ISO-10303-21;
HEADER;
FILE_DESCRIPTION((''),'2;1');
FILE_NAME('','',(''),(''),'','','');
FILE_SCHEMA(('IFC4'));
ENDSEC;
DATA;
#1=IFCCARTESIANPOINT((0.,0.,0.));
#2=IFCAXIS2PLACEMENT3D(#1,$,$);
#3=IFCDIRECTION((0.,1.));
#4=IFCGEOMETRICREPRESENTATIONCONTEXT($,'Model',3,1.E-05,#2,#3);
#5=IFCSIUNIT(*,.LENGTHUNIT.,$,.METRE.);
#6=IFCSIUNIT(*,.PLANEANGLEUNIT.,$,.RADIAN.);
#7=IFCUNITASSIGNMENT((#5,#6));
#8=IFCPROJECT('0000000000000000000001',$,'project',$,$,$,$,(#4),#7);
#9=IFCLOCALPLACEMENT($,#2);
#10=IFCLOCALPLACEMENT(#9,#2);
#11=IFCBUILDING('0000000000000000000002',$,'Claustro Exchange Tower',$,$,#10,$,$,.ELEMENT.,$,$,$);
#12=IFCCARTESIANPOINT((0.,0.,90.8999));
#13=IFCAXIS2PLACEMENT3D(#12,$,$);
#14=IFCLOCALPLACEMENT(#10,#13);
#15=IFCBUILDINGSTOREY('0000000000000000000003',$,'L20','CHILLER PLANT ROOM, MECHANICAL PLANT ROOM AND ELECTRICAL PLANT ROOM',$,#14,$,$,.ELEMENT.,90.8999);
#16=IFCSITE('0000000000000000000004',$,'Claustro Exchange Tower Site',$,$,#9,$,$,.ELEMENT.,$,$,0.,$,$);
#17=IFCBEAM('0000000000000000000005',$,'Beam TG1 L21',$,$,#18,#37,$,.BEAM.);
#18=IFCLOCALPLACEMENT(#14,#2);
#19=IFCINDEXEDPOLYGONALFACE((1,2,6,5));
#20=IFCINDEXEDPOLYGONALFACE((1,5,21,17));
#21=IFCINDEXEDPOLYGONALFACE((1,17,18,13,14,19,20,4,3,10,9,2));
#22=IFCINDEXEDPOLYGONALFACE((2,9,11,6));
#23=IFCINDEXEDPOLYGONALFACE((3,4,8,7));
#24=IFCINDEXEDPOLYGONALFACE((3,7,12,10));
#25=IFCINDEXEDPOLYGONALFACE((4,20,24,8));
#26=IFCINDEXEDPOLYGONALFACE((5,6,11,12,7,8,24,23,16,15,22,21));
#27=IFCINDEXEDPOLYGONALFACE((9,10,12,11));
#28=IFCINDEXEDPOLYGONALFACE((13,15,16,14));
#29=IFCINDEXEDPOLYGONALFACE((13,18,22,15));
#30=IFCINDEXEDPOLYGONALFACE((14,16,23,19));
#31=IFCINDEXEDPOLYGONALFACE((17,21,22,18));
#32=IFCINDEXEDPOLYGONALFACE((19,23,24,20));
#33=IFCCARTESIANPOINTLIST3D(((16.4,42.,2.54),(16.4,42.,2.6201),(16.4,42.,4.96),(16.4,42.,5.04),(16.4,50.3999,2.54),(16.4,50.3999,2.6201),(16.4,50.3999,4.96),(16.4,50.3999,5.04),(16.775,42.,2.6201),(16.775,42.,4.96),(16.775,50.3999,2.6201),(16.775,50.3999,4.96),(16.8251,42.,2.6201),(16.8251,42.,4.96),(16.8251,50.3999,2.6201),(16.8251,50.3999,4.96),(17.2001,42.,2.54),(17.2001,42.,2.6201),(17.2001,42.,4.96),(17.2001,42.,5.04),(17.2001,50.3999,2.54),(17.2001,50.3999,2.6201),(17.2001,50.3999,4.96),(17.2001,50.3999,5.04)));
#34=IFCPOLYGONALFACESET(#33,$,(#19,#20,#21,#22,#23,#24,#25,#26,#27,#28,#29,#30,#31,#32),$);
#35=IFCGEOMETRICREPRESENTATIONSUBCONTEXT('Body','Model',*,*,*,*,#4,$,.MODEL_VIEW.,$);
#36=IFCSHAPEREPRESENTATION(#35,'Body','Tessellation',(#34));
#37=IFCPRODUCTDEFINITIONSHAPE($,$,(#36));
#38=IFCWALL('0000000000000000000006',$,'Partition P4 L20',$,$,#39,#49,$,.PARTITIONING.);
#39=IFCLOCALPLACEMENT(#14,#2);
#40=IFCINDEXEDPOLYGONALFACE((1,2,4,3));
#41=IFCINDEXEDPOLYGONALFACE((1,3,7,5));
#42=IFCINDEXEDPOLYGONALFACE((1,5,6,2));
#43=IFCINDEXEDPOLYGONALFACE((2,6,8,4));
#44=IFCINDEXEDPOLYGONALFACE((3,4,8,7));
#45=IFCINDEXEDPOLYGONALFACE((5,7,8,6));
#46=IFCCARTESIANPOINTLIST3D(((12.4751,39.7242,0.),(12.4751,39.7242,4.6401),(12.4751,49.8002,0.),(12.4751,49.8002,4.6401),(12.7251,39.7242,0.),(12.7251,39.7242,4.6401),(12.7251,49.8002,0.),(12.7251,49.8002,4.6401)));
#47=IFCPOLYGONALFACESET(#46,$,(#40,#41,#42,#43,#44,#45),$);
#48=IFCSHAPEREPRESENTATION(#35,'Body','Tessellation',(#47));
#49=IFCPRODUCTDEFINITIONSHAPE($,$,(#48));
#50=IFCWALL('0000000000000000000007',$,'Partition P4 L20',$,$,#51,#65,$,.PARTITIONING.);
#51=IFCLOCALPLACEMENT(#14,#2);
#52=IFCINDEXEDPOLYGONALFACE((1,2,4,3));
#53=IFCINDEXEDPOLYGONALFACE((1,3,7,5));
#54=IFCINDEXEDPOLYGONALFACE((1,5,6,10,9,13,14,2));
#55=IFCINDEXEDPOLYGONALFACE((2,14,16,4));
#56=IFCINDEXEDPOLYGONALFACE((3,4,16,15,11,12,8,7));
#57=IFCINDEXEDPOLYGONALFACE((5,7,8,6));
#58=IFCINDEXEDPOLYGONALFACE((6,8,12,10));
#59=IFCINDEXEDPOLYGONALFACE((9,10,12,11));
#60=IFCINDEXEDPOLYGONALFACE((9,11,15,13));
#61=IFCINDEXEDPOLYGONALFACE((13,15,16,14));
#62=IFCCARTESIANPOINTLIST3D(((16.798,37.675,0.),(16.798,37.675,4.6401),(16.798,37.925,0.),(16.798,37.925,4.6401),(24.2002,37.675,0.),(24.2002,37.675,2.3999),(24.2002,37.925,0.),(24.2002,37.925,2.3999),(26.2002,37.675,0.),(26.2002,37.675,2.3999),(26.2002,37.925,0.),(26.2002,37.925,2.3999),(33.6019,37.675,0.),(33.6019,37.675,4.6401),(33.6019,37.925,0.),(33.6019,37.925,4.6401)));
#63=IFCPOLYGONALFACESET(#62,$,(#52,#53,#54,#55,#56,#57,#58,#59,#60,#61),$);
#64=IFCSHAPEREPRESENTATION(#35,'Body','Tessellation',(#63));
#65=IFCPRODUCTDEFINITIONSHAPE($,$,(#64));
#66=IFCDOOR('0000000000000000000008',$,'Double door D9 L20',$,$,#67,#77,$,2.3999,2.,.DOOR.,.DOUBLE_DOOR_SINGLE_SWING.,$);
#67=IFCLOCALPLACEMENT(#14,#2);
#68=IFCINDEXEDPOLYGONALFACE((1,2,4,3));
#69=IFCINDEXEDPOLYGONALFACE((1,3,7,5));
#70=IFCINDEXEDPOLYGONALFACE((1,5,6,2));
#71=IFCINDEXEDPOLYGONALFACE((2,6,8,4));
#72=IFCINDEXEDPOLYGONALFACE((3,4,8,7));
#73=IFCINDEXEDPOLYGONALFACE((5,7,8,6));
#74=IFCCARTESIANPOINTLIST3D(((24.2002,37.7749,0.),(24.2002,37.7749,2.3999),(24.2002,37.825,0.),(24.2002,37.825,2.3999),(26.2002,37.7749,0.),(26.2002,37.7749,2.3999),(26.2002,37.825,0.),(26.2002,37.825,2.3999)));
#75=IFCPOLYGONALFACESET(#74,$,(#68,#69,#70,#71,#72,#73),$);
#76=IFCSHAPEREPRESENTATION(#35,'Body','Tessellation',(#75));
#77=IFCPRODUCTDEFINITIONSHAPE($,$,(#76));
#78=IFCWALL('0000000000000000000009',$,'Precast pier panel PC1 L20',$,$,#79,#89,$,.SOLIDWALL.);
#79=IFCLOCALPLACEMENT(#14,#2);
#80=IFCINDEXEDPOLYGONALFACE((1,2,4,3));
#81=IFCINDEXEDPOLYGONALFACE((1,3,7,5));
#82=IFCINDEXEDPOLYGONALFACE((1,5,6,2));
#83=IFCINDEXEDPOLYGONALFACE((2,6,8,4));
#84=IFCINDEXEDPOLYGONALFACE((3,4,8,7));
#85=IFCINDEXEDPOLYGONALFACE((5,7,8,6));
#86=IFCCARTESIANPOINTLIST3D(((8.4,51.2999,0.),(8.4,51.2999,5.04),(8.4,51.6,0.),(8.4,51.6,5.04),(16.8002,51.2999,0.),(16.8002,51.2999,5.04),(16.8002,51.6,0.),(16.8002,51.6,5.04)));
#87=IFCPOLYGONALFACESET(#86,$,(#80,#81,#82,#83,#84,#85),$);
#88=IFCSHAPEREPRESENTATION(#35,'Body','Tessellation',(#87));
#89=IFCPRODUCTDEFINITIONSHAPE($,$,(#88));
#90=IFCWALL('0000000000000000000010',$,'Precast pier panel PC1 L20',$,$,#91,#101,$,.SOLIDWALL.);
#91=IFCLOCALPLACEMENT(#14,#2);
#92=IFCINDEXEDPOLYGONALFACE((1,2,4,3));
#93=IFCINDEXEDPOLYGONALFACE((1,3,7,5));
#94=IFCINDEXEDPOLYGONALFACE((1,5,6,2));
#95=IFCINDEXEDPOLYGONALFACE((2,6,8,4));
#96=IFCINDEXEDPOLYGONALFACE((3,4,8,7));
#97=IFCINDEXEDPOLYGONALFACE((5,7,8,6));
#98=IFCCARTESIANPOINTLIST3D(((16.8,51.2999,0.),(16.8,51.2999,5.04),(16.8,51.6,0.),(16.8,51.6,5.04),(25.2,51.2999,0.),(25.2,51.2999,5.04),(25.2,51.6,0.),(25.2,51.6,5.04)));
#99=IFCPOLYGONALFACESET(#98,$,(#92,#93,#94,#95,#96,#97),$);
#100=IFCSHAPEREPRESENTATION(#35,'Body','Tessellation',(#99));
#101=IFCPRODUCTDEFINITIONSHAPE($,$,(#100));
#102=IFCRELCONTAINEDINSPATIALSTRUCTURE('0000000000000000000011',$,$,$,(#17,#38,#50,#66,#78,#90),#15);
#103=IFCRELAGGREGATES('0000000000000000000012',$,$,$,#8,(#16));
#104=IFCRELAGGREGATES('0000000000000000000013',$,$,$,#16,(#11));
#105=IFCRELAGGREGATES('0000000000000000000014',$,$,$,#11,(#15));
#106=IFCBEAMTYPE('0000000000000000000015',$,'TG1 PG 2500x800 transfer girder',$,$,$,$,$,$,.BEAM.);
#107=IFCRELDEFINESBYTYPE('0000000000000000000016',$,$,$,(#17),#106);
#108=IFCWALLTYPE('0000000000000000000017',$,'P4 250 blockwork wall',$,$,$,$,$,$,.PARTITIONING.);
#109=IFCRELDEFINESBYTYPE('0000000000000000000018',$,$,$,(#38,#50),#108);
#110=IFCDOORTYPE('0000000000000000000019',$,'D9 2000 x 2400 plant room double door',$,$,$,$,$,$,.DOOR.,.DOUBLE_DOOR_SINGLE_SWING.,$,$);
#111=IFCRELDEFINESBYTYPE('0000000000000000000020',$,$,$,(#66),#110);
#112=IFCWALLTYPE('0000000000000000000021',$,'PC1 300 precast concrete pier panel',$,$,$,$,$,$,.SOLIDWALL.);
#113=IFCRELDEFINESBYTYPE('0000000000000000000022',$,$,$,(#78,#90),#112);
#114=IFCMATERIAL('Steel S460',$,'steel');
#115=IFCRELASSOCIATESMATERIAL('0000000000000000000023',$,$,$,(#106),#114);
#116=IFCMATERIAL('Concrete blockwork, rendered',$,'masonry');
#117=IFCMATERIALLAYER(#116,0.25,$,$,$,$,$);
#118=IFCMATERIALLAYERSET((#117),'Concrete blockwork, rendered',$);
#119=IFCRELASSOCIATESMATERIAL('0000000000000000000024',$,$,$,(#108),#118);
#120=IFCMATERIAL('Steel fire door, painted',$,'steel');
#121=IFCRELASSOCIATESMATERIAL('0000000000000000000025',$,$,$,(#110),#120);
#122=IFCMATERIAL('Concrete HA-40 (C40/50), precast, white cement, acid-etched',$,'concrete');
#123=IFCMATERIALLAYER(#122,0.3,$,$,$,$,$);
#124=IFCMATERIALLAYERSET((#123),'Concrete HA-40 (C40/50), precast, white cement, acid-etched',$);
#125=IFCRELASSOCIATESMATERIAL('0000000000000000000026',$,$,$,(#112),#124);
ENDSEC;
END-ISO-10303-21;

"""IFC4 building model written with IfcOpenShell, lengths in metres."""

from ifc_helpers import new_model, si_unit, direction, frame, frame_2d, origin, origin_2d, place, context, subcontext, project, spatial, rectangle, i_section, extrude, material, layer, layer_set, material_profile, profile_set, type_object, element, fill, save


model = new_model("IFC4")

# Units and contexts
model_context = context("Model", 3, precision=1e-05, world=origin(), true_north=direction((0.0, 1.0)))
body_context = subcontext(model_context, "Body", "Model", "MODEL_VIEW")
ifc_project = project(units=[si_unit("LENGTHUNIT", "METRE"), si_unit("PLANEANGLEUNIT", "RADIAN")], contexts=[model_context])

# Site, building, storey
site_placement = place(None, origin())
site = spatial("IfcSite", under=ifc_project, at=site_placement, Name="Claustro Exchange Tower Site", CompositionType="ELEMENT", RefElevation=0.0)
building_placement = place(site_placement, origin())
building = spatial("IfcBuilding", under=site, at=building_placement, Name="Claustro Exchange Tower", CompositionType="ELEMENT")
storey_placement = place(building_placement, frame((0.0, 0.0, 90.8999)))
storey = spatial("IfcBuildingStorey", under=building, at=storey_placement, Name="L20", Description="CHILLER PLANT ROOM, MECHANICAL PLANT ROOM AND ELECTRICAL PLANT ROOM", CompositionType="ELEMENT", Elevation=90.8999)

# Beam
ifc_material_1 = material(Name="Steel S460", Category="steel")
ifc_material_profile_1 = material_profile(ifc_material_1, i_section(OverallWidth=0.8, OverallDepth=2.5, WebThickness=0.05, FlangeThickness=0.0801, at=origin_2d()), Name="PG 2500x800")
ifc_profile_set_1 = profile_set([ifc_material_profile_1], Name="Steel S460")
beam_type_1 = type_object("IfcBeamType", Name="TG1 PG 2500x800 transfer girder", PredefinedType="BEAM", material=ifc_profile_set_1)
beam_1_placement = place(storey_placement, frame((16.8, 42.0, 3.79), z_axis=(0.0, 1.0, 0.0), x_axis=(-1.0, 0.0, 0.0)))
element("IfcBeam", 1, at=beam_1_placement, inside=storey, type_object=beam_type_1, Name="Beam TG1 L21", PredefinedType="BEAM", context=body_context, shape_type="SweptSolid", body=[
    extrude(i_section(OverallWidth=0.8, OverallDepth=2.5, WebThickness=0.05, FlangeThickness=0.0801, at=origin_2d()), origin(), (0.0, 0.0, 1.0), 8.3999),
])

# Wall
ifc_material_2 = material(Name="Concrete blockwork, rendered", Category="masonry")
ifc_layer_1 = layer(ifc_material_2, 0.25)
ifc_layer_set_1 = layer_set([ifc_layer_1], Name="Concrete blockwork, rendered")
wall_type_1 = type_object("IfcWallType", Name="P4 250 blockwork wall", PredefinedType="PARTITIONING", material=ifc_layer_set_1)
wall_1_placement = place(storey_placement, frame((12.6001, 39.7241, 0.0), z_axis=(0.0, 0.0, 1.0), x_axis=(0.0, 1.0, 0.0)))
element("IfcWall", 2, at=wall_1_placement, inside=storey, type_object=wall_type_1, Name="Partition P4 L20", PredefinedType="PARTITIONING", context=body_context, shape_type="SweptSolid", body=[
    extrude(rectangle(XDim=10.0759, YDim=0.25, at=frame_2d((5.0381, 0.0))), origin(), (0.0, 0.0, 1.0), 4.6401),
])

# Wall, opening, door
wall_2_placement = place(storey_placement, frame((16.7981, 37.8, 0.0), z_axis=(0.0, 0.0, 1.0), x_axis=(1.0, 0.0, 0.0)))
wall_2 = element("IfcWall", 3, at=wall_2_placement, inside=storey, type_object=wall_type_1, Name="Partition P4 L20", PredefinedType="PARTITIONING", context=body_context, shape_type="SweptSolid", body=[
    extrude(rectangle(XDim=16.804, YDim=0.25, at=frame_2d((8.4019, 0.0))), origin(), (0.0, 0.0, 1.0), 4.6401),
])
opening_placement = place(wall_2_placement, frame((7.4021, 0.0, 0.0)))
opening = element("IfcOpeningElement", 4, at=opening_placement, cuts=wall_2, PredefinedType="OPENING", context=body_context, shape_type="SweptSolid", body=[
    extrude(rectangle(XDim=2.0, YDim=2.3999, at=frame_2d((1.0, 1.2))), frame((0.0, 0.135, 0.0), z_axis=(0.0, -1.0, 0.0), x_axis=(1.0, 0.0, 0.0)), (0.0, 0.0, 1.0), 0.27),
])
ifc_material_3 = material(Name="Steel fire door, painted", Category="steel")
door_type = type_object("IfcDoorType", Name="D9 2000 x 2400 plant room double door", OperationType="DOUBLE_DOOR_SINGLE_SWING", PredefinedType="DOOR", material=ifc_material_3)
door_placement = place(opening_placement, origin())
door = element("IfcDoor", 5, at=door_placement, inside=storey, type_object=door_type, Name="Double door D9 L20", OperationType="DOUBLE_DOOR_SINGLE_SWING", OverallHeight=2.3999, OverallWidth=2.0, PredefinedType="DOOR", context=body_context, shape_type="SweptSolid", body=[
    extrude(rectangle(XDim=2.0, YDim=2.3999, at=frame_2d((1.0, 1.2))), frame((0.0, 0.0249, 0.0), z_axis=(0.0, -1.0, 0.0), x_axis=(1.0, 0.0, 0.0)), (0.0, 0.0, 1.0), 0.05),
])
fill(opening, door)

# Walls
ifc_material_4 = material(Name="Concrete HA-40 (C40/50), precast, white cement, acid-etched", Category="concrete")
ifc_layer_2 = layer(ifc_material_4, 0.3)
ifc_layer_set_2 = layer_set([ifc_layer_2], Name="Concrete HA-40 (C40/50), precast, white cement, acid-etched")
wall_type_2 = type_object("IfcWallType", Name="PC1 300 precast concrete pier panel", PredefinedType="SOLIDWALL", material=ifc_layer_set_2)
wall_3_placement = place(storey_placement, frame((8.3999, 51.45, 0.0), z_axis=(0.0, 0.0, 1.0), x_axis=(1.0, 0.0, 0.0)))
element("IfcWall", 6, at=wall_3_placement, inside=storey, type_object=wall_type_2, Name="Precast pier panel PC1 L20", PredefinedType="SOLIDWALL", context=body_context, shape_type="SweptSolid", body=[
    extrude(rectangle(XDim=8.4001, YDim=0.3, at=frame_2d((4.2002, 0.0))), origin(), (0.0, 0.0, 1.0), 5.04),
])
wall_4_placement = place(storey_placement, frame((16.8, 51.45, 0.0), z_axis=(0.0, 0.0, 1.0), x_axis=(1.0, 0.0, 0.0)))
element("IfcWall", 7, at=wall_4_placement, inside=storey, type_object=wall_type_2, Name="Precast pier panel PC1 L20", PredefinedType="SOLIDWALL", context=body_context, shape_type="SweptSolid", body=[
    extrude(rectangle(XDim=8.3999, YDim=0.3, at=frame_2d((4.2, 0.0))), origin(), (0.0, 0.0, 1.0), 5.04),
])

save(model, "model.ifc")
